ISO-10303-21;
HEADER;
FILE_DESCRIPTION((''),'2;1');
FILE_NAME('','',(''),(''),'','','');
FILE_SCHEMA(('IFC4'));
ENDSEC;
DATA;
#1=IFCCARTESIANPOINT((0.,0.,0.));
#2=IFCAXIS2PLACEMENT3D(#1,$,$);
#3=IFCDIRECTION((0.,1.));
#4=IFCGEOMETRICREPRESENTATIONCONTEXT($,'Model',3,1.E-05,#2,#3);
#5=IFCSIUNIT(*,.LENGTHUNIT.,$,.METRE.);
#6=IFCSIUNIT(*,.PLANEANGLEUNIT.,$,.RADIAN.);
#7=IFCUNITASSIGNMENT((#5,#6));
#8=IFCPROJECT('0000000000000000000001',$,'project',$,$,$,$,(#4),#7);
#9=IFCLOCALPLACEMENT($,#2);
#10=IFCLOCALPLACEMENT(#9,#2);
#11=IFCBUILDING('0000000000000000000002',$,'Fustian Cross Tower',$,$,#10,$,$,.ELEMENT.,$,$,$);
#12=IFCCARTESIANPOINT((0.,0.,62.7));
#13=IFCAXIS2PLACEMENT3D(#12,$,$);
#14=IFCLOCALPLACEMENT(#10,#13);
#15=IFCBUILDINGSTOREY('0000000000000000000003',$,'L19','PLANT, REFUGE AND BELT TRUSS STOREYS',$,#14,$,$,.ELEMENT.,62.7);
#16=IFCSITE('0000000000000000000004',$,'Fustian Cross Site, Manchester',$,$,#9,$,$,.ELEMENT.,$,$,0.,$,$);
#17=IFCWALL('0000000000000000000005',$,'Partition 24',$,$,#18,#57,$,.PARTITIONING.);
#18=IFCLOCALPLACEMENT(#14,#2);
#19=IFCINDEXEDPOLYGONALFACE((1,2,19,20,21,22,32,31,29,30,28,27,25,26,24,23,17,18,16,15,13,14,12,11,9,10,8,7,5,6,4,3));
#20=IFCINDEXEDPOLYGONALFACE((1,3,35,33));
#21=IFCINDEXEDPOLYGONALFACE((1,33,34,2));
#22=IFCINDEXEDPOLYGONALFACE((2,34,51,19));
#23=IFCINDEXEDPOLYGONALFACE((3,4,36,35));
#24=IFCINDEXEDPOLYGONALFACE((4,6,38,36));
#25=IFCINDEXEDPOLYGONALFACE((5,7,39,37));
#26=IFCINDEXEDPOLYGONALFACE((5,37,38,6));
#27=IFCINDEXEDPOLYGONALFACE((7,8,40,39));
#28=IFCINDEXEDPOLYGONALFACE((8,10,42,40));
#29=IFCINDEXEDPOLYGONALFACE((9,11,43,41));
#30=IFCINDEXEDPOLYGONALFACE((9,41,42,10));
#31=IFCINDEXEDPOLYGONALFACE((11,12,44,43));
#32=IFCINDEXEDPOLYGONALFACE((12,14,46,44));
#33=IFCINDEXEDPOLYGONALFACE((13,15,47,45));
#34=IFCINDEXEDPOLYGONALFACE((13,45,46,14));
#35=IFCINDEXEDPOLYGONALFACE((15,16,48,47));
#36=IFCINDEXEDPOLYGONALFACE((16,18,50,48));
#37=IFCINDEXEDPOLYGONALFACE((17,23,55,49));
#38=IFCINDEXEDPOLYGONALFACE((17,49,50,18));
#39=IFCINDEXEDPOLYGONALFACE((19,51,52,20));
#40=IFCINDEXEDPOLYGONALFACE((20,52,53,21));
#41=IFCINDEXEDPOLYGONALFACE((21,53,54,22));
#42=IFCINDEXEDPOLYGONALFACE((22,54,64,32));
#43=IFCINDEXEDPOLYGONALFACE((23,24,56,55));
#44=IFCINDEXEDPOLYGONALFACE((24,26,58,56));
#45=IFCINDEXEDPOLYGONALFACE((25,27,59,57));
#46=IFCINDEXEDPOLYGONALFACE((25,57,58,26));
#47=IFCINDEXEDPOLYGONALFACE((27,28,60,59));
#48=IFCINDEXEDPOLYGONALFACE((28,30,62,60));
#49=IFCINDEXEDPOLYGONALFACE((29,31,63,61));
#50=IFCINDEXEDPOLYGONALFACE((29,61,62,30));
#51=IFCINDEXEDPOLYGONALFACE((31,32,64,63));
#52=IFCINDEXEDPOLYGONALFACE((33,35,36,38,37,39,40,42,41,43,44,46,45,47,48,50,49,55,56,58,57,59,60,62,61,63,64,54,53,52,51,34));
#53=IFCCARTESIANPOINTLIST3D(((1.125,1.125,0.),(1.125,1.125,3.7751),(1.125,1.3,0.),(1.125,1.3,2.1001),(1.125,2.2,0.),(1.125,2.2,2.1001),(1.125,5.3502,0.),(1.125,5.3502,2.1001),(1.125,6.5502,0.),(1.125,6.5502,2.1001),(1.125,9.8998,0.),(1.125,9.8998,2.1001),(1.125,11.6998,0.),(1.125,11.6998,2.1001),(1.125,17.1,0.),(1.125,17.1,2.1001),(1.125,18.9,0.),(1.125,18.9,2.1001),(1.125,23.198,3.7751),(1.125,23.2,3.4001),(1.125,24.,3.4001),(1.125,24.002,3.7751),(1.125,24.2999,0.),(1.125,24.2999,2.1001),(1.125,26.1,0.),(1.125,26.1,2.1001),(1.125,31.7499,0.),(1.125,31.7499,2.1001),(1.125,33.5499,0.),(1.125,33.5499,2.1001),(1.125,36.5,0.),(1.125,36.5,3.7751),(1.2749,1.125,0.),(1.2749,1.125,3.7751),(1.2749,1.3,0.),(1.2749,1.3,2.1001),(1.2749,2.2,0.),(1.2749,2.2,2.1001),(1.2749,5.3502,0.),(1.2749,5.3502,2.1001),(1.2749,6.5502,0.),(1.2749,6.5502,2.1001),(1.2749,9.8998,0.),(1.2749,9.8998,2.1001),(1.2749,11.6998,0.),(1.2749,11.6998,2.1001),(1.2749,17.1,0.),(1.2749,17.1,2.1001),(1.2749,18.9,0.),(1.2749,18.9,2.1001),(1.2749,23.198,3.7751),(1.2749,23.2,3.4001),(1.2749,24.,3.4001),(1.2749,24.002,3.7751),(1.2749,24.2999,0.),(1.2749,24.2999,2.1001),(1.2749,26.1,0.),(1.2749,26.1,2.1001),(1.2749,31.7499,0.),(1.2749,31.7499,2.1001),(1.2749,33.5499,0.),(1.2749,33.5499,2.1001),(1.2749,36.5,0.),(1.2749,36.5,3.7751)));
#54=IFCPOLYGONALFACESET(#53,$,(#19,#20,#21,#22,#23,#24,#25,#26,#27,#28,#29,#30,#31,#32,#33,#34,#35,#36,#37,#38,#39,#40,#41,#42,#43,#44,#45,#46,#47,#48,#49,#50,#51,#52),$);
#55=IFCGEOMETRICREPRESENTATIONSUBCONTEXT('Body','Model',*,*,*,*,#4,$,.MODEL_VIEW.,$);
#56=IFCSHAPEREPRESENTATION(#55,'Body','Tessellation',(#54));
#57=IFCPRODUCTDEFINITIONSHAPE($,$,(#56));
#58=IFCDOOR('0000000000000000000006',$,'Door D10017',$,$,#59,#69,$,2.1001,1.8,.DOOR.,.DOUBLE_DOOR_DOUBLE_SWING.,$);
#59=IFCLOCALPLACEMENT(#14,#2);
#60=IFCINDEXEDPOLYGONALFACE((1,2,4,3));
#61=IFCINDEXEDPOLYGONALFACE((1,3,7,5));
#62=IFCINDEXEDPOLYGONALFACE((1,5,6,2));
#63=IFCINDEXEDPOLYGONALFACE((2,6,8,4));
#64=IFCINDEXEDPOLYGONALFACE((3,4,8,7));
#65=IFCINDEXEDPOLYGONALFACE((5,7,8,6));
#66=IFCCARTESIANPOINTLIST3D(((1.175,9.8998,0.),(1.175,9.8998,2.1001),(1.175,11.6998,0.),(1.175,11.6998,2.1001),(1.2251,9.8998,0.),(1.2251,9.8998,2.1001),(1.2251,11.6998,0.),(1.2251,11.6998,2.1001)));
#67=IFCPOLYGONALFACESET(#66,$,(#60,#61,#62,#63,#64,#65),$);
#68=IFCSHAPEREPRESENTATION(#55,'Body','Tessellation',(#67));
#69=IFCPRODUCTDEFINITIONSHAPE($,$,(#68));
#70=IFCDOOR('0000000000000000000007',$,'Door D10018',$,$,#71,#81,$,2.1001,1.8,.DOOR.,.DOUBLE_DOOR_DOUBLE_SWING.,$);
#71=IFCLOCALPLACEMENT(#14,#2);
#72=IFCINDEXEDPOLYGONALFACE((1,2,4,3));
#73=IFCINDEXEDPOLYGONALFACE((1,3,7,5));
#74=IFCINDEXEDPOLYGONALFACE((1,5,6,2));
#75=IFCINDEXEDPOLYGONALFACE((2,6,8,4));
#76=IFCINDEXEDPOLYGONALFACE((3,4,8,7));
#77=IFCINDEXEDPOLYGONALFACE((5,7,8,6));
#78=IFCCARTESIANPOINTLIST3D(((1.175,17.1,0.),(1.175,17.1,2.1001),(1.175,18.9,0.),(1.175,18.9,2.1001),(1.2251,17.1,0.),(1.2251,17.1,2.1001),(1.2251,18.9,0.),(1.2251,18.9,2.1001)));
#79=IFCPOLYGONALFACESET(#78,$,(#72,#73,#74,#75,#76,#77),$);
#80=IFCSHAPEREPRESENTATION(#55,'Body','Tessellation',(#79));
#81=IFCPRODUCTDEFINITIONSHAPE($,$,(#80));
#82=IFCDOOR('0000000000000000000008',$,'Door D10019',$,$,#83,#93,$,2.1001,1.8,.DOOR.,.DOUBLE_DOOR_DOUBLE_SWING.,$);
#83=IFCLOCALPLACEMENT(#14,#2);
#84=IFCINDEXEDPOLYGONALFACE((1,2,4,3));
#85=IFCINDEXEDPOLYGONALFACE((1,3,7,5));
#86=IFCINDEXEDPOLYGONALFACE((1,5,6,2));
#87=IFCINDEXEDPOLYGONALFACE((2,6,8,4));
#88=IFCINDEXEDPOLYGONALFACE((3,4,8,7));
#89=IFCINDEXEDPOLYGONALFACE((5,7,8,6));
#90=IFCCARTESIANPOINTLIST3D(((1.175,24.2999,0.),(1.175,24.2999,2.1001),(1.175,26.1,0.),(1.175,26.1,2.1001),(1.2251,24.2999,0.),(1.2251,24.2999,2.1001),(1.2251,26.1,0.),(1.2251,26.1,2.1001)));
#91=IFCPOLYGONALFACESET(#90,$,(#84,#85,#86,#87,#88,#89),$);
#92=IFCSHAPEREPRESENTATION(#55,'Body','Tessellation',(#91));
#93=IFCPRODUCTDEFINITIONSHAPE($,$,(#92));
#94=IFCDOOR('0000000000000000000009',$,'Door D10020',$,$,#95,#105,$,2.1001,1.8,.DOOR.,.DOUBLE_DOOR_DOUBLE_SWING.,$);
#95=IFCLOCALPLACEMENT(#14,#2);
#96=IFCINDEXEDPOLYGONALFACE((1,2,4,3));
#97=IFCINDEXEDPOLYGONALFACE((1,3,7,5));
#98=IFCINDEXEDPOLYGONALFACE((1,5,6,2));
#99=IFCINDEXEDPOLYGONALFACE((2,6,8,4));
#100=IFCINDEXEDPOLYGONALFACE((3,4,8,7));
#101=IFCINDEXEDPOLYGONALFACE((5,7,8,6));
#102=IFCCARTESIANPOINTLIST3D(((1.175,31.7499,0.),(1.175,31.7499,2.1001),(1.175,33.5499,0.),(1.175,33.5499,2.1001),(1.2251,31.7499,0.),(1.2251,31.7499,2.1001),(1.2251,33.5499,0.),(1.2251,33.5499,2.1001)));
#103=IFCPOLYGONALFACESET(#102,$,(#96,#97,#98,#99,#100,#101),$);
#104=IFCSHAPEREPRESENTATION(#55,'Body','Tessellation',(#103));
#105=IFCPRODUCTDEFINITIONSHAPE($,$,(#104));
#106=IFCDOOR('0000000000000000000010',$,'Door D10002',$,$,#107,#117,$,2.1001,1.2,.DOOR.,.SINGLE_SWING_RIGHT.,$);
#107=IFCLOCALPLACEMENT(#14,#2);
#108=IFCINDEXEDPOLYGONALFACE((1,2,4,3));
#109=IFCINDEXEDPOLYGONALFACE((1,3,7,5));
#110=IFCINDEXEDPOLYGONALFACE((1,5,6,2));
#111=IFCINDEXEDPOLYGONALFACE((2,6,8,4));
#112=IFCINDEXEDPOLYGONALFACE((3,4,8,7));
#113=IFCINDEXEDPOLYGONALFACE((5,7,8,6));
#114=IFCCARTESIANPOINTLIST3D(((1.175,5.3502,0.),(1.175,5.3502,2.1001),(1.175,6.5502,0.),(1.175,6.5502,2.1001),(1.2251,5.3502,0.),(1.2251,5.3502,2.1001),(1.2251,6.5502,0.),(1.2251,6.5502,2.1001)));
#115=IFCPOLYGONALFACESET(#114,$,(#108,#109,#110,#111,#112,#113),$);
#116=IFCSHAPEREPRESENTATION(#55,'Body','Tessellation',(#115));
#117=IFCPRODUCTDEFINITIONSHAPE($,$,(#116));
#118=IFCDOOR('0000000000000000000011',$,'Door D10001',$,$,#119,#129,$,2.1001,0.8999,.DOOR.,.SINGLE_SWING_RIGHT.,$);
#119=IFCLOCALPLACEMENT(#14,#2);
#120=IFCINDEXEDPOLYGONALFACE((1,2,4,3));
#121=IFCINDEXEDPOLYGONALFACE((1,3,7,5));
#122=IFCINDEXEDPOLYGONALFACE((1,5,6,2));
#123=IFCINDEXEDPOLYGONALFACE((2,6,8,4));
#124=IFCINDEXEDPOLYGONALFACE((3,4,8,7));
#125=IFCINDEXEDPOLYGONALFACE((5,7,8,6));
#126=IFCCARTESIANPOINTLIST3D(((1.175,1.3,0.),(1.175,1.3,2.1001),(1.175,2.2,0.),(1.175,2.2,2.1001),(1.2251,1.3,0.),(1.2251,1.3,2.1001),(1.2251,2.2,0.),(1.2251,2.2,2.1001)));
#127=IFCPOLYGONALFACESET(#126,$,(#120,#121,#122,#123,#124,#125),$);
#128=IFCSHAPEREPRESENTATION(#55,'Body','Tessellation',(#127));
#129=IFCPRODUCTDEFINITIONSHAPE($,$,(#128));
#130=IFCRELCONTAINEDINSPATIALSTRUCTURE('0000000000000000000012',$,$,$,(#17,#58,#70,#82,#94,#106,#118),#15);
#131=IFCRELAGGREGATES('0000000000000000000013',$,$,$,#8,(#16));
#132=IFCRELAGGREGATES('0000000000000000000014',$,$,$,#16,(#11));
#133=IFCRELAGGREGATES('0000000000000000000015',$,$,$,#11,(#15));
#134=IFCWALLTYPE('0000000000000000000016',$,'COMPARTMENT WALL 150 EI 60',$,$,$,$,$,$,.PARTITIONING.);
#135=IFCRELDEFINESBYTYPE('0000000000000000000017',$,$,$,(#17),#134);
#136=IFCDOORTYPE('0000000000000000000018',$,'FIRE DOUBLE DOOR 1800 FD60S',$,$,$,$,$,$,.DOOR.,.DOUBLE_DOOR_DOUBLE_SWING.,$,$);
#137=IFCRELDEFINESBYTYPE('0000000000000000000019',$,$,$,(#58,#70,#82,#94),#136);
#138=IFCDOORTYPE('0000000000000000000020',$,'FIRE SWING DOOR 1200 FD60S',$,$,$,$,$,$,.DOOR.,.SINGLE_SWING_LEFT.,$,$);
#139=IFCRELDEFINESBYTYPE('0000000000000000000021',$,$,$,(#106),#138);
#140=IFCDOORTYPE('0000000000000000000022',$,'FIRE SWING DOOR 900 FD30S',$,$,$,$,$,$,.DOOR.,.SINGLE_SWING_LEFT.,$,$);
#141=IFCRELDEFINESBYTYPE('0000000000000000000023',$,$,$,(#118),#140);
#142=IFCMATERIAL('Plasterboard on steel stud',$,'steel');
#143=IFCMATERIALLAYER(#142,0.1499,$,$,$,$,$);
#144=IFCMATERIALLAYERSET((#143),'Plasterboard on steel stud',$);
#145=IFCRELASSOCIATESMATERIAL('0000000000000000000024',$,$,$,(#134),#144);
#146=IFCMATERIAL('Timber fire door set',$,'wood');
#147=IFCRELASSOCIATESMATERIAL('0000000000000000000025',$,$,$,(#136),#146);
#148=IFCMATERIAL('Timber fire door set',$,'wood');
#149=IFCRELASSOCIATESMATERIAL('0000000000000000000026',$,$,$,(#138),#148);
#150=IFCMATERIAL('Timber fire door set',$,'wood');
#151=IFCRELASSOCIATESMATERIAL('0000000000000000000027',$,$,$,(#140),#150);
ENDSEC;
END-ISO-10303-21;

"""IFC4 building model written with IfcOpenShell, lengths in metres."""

from ifc_helpers import new_model, si_unit, direction, frame, frame_2d, origin, place, context, subcontext, project, spatial, polyline, rectangle, outline, extrude, material, layer, layer_set, type_object, element, fill, save


model = new_model("IFC4")

# Units and contexts
model_context = context("Model", 3, precision=1e-05, world=origin(), true_north=direction((0.0, 1.0)))
body_context = subcontext(model_context, "Body", "Model", "MODEL_VIEW")
ifc_project = project(units=[si_unit("LENGTHUNIT", "METRE"), si_unit("PLANEANGLEUNIT", "RADIAN")], contexts=[model_context])

# Site, building, storey
site_placement = place(None, origin())
site = spatial("IfcSite", under=ifc_project, at=site_placement, Name="Fustian Cross Site, Manchester", CompositionType="ELEMENT", RefElevation=0.0)
building_placement = place(site_placement, origin())
building = spatial("IfcBuilding", under=site, at=building_placement, Name="Fustian Cross Tower", CompositionType="ELEMENT")
storey_placement = place(building_placement, frame((0.0, 0.0, 62.7)))
storey = spatial("IfcBuildingStorey", under=building, at=storey_placement, Name="L19", Description="PLANT, REFUGE AND BELT TRUSS STOREYS", CompositionType="ELEMENT", Elevation=62.7)

# Wall, openings, doors
ifc_material_1 = material(Name="Plasterboard on steel stud", Category="steel")
ifc_layer_1 = layer(ifc_material_1, 0.1499)
ifc_layer_set_1 = layer_set([ifc_layer_1], Name="Plasterboard on steel stud")
wall_type = type_object("IfcWallType", Name="COMPARTMENT WALL 150 EI 60", PredefinedType="PARTITIONING", material=ifc_layer_set_1)
wall_placement = place(storey_placement, frame((1.2, 1.125, 0.0), z_axis=(0.0, 0.0, 1.0), x_axis=(0.0, 1.0, 0.0)))
wall = element("IfcWall", 1, at=wall_placement, inside=storey, type_object=wall_type, Name="Partition 24", PredefinedType="PARTITIONING", context=body_context, shape_type="SweptSolid", body=[
    extrude(outline(polyline([(0.0, 0.0), (35.375, 0.0), (35.375, 3.7751), (22.877, 3.7751), (22.875, 3.4001), (22.075, 3.4001), (22.073, 3.7751), (0.0, 3.7751), (0.0, 0.0)])), frame((0.0, 0.075, 0.0), z_axis=(0.0, -1.0, 0.0), x_axis=(1.0, 0.0, 0.0)), (0.0, 0.0, 1.0), 0.1499),
])
opening_1_placement = place(wall_placement, frame((0.175, 0.0, 0.0)))
opening_1 = element("IfcOpeningElement", 2, at=opening_1_placement, cuts=wall, PredefinedType="OPENING", context=body_context, shape_type="SweptSolid", body=[
    extrude(rectangle(XDim=0.8999, YDim=2.1001, at=frame_2d((0.45, 1.05))), frame((0.0, 0.085, 0.0), z_axis=(0.0, -1.0, 0.0), x_axis=(1.0, 0.0, 0.0)), (0.0, 0.0, 1.0), 0.1699),
])
opening_2_placement = place(wall_placement, frame((4.2251, 0.0, 0.0)))
opening_2 = element("IfcOpeningElement", 3, at=opening_2_placement, cuts=wall, PredefinedType="OPENING", context=body_context, shape_type="SweptSolid", body=[
    extrude(rectangle(XDim=1.2, YDim=2.1001, at=frame_2d((0.6001, 1.05))), frame((0.0, 0.085, 0.0), z_axis=(0.0, -1.0, 0.0), x_axis=(1.0, 0.0, 0.0)), (0.0, 0.0, 1.0), 0.1699),
])
opening_3_placement = place(wall_placement, frame((8.7749, 0.0, 0.0)))
opening_3 = element("IfcOpeningElement", 4, at=opening_3_placement, cuts=wall, PredefinedType="OPENING", context=body_context, shape_type="SweptSolid", body=[
    extrude(rectangle(XDim=1.8, YDim=2.1001, at=frame_2d((0.8999, 1.05))), frame((0.0, 0.085, 0.0), z_axis=(0.0, -1.0, 0.0), x_axis=(1.0, 0.0, 0.0)), (0.0, 0.0, 1.0), 0.1699),
])
opening_4_placement = place(wall_placement, frame((15.9751, 0.0, 0.0)))
opening_4 = element("IfcOpeningElement", 5, at=opening_4_placement, cuts=wall, PredefinedType="OPENING", context=body_context, shape_type="SweptSolid", body=[
    extrude(rectangle(XDim=1.8, YDim=2.1001, at=frame_2d((0.8999, 1.05))), frame((0.0, 0.085, 0.0), z_axis=(0.0, -1.0, 0.0), x_axis=(1.0, 0.0, 0.0)), (0.0, 0.0, 1.0), 0.1699),
])
opening_5_placement = place(wall_placement, frame((23.175, 0.0, 0.0)))
opening_5 = element("IfcOpeningElement", 6, at=opening_5_placement, cuts=wall, PredefinedType="OPENING", context=body_context, shape_type="SweptSolid", body=[
    extrude(rectangle(XDim=1.8, YDim=2.1001, at=frame_2d((0.8999, 1.05))), frame((0.0, 0.085, 0.0), z_axis=(0.0, -1.0, 0.0), x_axis=(1.0, 0.0, 0.0)), (0.0, 0.0, 1.0), 0.1699),
])
opening_6_placement = place(wall_placement, frame((30.625, 0.0, 0.0)))
opening_6 = element("IfcOpeningElement", 7, at=opening_6_placement, cuts=wall, PredefinedType="OPENING", context=body_context, shape_type="SweptSolid", body=[
    extrude(rectangle(XDim=1.8, YDim=2.1001, at=frame_2d((0.8999, 1.05))), frame((0.0, 0.085, 0.0), z_axis=(0.0, -1.0, 0.0), x_axis=(1.0, 0.0, 0.0)), (0.0, 0.0, 1.0), 0.1699),
])
ifc_material_2 = material(Name="Timber fire door set", Category="wood")
door_type_1 = type_object("IfcDoorType", Name="FIRE DOUBLE DOOR 1800 FD60S", OperationType="DOUBLE_DOOR_DOUBLE_SWING", PredefinedType="DOOR", material=ifc_material_2)
door_1_placement = place(opening_3_placement, origin())
door_1 = element("IfcDoor", 8, at=door_1_placement, inside=storey, type_object=door_type_1, Name="Door D10017", OperationType="DOUBLE_DOOR_DOUBLE_SWING", OverallHeight=2.1001, OverallWidth=1.8, PredefinedType="DOOR", context=body_context, shape_type="SweptSolid", body=[
    extrude(rectangle(XDim=1.8, YDim=2.1001, at=frame_2d((0.8999, 1.05))), frame((0.0, 0.0249, 0.0), z_axis=(0.0, -1.0, 0.0), x_axis=(1.0, 0.0, 0.0)), (0.0, 0.0, 1.0), 0.05),
])
fill(opening_3, door_1)
door_2_placement = place(opening_4_placement, origin())
door_2 = element("IfcDoor", 9, at=door_2_placement, inside=storey, type_object=door_type_1, Name="Door D10018", OperationType="DOUBLE_DOOR_DOUBLE_SWING", OverallHeight=2.1001, OverallWidth=1.8, PredefinedType="DOOR", context=body_context, shape_type="SweptSolid", body=[
    extrude(rectangle(XDim=1.8, YDim=2.1001, at=frame_2d((0.8999, 1.05))), frame((0.0, 0.0249, 0.0), z_axis=(0.0, -1.0, 0.0), x_axis=(1.0, 0.0, 0.0)), (0.0, 0.0, 1.0), 0.05),
])
fill(opening_4, door_2)
door_3_placement = place(opening_5_placement, origin())
door_3 = element("IfcDoor", 10, at=door_3_placement, inside=storey, type_object=door_type_1, Name="Door D10019", OperationType="DOUBLE_DOOR_DOUBLE_SWING", OverallHeight=2.1001, OverallWidth=1.8, PredefinedType="DOOR", context=body_context, shape_type="SweptSolid", body=[
    extrude(rectangle(XDim=1.8, YDim=2.1001, at=frame_2d((0.8999, 1.05))), frame((0.0, 0.0249, 0.0), z_axis=(0.0, -1.0, 0.0), x_axis=(1.0, 0.0, 0.0)), (0.0, 0.0, 1.0), 0.05),
])
fill(opening_5, door_3)
door_4_placement = place(opening_6_placement, origin())
door_4 = element("IfcDoor", 11, at=door_4_placement, inside=storey, type_object=door_type_1, Name="Door D10020", OperationType="DOUBLE_DOOR_DOUBLE_SWING", OverallHeight=2.1001, OverallWidth=1.8, PredefinedType="DOOR", context=body_context, shape_type="SweptSolid", body=[
    extrude(rectangle(XDim=1.8, YDim=2.1001, at=frame_2d((0.8999, 1.05))), frame((0.0, 0.0249, 0.0), z_axis=(0.0, -1.0, 0.0), x_axis=(1.0, 0.0, 0.0)), (0.0, 0.0, 1.0), 0.05),
])
fill(opening_6, door_4)
ifc_material_3 = material(Name="Timber fire door set", Category="wood")
door_type_2 = type_object("IfcDoorType", Name="FIRE SWING DOOR 1200 FD60S", OperationType="SINGLE_SWING_LEFT", PredefinedType="DOOR", material=ifc_material_3)
door_5_placement = place(opening_2_placement, origin())
door_5 = element("IfcDoor", 12, at=door_5_placement, inside=storey, type_object=door_type_2, Name="Door D10002", OperationType="SINGLE_SWING_RIGHT", OverallHeight=2.1001, OverallWidth=1.2, PredefinedType="DOOR", context=body_context, shape_type="SweptSolid", body=[
    extrude(rectangle(XDim=1.2, YDim=2.1001, at=frame_2d((0.6001, 1.05))), frame((0.0, 0.0249, 0.0), z_axis=(0.0, -1.0, 0.0), x_axis=(1.0, 0.0, 0.0)), (0.0, 0.0, 1.0), 0.05),
])
fill(opening_2, door_5)
ifc_material_4 = material(Name="Timber fire door set", Category="wood")
door_type_3 = type_object("IfcDoorType", Name="FIRE SWING DOOR 900 FD30S", OperationType="SINGLE_SWING_LEFT", PredefinedType="DOOR", material=ifc_material_4)
door_6_placement = place(opening_1_placement, origin())
door_6 = element("IfcDoor", 13, at=door_6_placement, inside=storey, type_object=door_type_3, Name="Door D10001", OperationType="SINGLE_SWING_RIGHT", OverallHeight=2.1001, OverallWidth=0.8999, PredefinedType="DOOR", context=body_context, shape_type="SweptSolid", body=[
    extrude(rectangle(XDim=0.8999, YDim=2.1001, at=frame_2d((0.45, 1.05))), frame((0.0, 0.0249, 0.0), z_axis=(0.0, -1.0, 0.0), x_axis=(1.0, 0.0, 0.0)), (0.0, 0.0, 1.0), 0.05),
])
fill(opening_1, door_6)

save(model, "model.ifc")
